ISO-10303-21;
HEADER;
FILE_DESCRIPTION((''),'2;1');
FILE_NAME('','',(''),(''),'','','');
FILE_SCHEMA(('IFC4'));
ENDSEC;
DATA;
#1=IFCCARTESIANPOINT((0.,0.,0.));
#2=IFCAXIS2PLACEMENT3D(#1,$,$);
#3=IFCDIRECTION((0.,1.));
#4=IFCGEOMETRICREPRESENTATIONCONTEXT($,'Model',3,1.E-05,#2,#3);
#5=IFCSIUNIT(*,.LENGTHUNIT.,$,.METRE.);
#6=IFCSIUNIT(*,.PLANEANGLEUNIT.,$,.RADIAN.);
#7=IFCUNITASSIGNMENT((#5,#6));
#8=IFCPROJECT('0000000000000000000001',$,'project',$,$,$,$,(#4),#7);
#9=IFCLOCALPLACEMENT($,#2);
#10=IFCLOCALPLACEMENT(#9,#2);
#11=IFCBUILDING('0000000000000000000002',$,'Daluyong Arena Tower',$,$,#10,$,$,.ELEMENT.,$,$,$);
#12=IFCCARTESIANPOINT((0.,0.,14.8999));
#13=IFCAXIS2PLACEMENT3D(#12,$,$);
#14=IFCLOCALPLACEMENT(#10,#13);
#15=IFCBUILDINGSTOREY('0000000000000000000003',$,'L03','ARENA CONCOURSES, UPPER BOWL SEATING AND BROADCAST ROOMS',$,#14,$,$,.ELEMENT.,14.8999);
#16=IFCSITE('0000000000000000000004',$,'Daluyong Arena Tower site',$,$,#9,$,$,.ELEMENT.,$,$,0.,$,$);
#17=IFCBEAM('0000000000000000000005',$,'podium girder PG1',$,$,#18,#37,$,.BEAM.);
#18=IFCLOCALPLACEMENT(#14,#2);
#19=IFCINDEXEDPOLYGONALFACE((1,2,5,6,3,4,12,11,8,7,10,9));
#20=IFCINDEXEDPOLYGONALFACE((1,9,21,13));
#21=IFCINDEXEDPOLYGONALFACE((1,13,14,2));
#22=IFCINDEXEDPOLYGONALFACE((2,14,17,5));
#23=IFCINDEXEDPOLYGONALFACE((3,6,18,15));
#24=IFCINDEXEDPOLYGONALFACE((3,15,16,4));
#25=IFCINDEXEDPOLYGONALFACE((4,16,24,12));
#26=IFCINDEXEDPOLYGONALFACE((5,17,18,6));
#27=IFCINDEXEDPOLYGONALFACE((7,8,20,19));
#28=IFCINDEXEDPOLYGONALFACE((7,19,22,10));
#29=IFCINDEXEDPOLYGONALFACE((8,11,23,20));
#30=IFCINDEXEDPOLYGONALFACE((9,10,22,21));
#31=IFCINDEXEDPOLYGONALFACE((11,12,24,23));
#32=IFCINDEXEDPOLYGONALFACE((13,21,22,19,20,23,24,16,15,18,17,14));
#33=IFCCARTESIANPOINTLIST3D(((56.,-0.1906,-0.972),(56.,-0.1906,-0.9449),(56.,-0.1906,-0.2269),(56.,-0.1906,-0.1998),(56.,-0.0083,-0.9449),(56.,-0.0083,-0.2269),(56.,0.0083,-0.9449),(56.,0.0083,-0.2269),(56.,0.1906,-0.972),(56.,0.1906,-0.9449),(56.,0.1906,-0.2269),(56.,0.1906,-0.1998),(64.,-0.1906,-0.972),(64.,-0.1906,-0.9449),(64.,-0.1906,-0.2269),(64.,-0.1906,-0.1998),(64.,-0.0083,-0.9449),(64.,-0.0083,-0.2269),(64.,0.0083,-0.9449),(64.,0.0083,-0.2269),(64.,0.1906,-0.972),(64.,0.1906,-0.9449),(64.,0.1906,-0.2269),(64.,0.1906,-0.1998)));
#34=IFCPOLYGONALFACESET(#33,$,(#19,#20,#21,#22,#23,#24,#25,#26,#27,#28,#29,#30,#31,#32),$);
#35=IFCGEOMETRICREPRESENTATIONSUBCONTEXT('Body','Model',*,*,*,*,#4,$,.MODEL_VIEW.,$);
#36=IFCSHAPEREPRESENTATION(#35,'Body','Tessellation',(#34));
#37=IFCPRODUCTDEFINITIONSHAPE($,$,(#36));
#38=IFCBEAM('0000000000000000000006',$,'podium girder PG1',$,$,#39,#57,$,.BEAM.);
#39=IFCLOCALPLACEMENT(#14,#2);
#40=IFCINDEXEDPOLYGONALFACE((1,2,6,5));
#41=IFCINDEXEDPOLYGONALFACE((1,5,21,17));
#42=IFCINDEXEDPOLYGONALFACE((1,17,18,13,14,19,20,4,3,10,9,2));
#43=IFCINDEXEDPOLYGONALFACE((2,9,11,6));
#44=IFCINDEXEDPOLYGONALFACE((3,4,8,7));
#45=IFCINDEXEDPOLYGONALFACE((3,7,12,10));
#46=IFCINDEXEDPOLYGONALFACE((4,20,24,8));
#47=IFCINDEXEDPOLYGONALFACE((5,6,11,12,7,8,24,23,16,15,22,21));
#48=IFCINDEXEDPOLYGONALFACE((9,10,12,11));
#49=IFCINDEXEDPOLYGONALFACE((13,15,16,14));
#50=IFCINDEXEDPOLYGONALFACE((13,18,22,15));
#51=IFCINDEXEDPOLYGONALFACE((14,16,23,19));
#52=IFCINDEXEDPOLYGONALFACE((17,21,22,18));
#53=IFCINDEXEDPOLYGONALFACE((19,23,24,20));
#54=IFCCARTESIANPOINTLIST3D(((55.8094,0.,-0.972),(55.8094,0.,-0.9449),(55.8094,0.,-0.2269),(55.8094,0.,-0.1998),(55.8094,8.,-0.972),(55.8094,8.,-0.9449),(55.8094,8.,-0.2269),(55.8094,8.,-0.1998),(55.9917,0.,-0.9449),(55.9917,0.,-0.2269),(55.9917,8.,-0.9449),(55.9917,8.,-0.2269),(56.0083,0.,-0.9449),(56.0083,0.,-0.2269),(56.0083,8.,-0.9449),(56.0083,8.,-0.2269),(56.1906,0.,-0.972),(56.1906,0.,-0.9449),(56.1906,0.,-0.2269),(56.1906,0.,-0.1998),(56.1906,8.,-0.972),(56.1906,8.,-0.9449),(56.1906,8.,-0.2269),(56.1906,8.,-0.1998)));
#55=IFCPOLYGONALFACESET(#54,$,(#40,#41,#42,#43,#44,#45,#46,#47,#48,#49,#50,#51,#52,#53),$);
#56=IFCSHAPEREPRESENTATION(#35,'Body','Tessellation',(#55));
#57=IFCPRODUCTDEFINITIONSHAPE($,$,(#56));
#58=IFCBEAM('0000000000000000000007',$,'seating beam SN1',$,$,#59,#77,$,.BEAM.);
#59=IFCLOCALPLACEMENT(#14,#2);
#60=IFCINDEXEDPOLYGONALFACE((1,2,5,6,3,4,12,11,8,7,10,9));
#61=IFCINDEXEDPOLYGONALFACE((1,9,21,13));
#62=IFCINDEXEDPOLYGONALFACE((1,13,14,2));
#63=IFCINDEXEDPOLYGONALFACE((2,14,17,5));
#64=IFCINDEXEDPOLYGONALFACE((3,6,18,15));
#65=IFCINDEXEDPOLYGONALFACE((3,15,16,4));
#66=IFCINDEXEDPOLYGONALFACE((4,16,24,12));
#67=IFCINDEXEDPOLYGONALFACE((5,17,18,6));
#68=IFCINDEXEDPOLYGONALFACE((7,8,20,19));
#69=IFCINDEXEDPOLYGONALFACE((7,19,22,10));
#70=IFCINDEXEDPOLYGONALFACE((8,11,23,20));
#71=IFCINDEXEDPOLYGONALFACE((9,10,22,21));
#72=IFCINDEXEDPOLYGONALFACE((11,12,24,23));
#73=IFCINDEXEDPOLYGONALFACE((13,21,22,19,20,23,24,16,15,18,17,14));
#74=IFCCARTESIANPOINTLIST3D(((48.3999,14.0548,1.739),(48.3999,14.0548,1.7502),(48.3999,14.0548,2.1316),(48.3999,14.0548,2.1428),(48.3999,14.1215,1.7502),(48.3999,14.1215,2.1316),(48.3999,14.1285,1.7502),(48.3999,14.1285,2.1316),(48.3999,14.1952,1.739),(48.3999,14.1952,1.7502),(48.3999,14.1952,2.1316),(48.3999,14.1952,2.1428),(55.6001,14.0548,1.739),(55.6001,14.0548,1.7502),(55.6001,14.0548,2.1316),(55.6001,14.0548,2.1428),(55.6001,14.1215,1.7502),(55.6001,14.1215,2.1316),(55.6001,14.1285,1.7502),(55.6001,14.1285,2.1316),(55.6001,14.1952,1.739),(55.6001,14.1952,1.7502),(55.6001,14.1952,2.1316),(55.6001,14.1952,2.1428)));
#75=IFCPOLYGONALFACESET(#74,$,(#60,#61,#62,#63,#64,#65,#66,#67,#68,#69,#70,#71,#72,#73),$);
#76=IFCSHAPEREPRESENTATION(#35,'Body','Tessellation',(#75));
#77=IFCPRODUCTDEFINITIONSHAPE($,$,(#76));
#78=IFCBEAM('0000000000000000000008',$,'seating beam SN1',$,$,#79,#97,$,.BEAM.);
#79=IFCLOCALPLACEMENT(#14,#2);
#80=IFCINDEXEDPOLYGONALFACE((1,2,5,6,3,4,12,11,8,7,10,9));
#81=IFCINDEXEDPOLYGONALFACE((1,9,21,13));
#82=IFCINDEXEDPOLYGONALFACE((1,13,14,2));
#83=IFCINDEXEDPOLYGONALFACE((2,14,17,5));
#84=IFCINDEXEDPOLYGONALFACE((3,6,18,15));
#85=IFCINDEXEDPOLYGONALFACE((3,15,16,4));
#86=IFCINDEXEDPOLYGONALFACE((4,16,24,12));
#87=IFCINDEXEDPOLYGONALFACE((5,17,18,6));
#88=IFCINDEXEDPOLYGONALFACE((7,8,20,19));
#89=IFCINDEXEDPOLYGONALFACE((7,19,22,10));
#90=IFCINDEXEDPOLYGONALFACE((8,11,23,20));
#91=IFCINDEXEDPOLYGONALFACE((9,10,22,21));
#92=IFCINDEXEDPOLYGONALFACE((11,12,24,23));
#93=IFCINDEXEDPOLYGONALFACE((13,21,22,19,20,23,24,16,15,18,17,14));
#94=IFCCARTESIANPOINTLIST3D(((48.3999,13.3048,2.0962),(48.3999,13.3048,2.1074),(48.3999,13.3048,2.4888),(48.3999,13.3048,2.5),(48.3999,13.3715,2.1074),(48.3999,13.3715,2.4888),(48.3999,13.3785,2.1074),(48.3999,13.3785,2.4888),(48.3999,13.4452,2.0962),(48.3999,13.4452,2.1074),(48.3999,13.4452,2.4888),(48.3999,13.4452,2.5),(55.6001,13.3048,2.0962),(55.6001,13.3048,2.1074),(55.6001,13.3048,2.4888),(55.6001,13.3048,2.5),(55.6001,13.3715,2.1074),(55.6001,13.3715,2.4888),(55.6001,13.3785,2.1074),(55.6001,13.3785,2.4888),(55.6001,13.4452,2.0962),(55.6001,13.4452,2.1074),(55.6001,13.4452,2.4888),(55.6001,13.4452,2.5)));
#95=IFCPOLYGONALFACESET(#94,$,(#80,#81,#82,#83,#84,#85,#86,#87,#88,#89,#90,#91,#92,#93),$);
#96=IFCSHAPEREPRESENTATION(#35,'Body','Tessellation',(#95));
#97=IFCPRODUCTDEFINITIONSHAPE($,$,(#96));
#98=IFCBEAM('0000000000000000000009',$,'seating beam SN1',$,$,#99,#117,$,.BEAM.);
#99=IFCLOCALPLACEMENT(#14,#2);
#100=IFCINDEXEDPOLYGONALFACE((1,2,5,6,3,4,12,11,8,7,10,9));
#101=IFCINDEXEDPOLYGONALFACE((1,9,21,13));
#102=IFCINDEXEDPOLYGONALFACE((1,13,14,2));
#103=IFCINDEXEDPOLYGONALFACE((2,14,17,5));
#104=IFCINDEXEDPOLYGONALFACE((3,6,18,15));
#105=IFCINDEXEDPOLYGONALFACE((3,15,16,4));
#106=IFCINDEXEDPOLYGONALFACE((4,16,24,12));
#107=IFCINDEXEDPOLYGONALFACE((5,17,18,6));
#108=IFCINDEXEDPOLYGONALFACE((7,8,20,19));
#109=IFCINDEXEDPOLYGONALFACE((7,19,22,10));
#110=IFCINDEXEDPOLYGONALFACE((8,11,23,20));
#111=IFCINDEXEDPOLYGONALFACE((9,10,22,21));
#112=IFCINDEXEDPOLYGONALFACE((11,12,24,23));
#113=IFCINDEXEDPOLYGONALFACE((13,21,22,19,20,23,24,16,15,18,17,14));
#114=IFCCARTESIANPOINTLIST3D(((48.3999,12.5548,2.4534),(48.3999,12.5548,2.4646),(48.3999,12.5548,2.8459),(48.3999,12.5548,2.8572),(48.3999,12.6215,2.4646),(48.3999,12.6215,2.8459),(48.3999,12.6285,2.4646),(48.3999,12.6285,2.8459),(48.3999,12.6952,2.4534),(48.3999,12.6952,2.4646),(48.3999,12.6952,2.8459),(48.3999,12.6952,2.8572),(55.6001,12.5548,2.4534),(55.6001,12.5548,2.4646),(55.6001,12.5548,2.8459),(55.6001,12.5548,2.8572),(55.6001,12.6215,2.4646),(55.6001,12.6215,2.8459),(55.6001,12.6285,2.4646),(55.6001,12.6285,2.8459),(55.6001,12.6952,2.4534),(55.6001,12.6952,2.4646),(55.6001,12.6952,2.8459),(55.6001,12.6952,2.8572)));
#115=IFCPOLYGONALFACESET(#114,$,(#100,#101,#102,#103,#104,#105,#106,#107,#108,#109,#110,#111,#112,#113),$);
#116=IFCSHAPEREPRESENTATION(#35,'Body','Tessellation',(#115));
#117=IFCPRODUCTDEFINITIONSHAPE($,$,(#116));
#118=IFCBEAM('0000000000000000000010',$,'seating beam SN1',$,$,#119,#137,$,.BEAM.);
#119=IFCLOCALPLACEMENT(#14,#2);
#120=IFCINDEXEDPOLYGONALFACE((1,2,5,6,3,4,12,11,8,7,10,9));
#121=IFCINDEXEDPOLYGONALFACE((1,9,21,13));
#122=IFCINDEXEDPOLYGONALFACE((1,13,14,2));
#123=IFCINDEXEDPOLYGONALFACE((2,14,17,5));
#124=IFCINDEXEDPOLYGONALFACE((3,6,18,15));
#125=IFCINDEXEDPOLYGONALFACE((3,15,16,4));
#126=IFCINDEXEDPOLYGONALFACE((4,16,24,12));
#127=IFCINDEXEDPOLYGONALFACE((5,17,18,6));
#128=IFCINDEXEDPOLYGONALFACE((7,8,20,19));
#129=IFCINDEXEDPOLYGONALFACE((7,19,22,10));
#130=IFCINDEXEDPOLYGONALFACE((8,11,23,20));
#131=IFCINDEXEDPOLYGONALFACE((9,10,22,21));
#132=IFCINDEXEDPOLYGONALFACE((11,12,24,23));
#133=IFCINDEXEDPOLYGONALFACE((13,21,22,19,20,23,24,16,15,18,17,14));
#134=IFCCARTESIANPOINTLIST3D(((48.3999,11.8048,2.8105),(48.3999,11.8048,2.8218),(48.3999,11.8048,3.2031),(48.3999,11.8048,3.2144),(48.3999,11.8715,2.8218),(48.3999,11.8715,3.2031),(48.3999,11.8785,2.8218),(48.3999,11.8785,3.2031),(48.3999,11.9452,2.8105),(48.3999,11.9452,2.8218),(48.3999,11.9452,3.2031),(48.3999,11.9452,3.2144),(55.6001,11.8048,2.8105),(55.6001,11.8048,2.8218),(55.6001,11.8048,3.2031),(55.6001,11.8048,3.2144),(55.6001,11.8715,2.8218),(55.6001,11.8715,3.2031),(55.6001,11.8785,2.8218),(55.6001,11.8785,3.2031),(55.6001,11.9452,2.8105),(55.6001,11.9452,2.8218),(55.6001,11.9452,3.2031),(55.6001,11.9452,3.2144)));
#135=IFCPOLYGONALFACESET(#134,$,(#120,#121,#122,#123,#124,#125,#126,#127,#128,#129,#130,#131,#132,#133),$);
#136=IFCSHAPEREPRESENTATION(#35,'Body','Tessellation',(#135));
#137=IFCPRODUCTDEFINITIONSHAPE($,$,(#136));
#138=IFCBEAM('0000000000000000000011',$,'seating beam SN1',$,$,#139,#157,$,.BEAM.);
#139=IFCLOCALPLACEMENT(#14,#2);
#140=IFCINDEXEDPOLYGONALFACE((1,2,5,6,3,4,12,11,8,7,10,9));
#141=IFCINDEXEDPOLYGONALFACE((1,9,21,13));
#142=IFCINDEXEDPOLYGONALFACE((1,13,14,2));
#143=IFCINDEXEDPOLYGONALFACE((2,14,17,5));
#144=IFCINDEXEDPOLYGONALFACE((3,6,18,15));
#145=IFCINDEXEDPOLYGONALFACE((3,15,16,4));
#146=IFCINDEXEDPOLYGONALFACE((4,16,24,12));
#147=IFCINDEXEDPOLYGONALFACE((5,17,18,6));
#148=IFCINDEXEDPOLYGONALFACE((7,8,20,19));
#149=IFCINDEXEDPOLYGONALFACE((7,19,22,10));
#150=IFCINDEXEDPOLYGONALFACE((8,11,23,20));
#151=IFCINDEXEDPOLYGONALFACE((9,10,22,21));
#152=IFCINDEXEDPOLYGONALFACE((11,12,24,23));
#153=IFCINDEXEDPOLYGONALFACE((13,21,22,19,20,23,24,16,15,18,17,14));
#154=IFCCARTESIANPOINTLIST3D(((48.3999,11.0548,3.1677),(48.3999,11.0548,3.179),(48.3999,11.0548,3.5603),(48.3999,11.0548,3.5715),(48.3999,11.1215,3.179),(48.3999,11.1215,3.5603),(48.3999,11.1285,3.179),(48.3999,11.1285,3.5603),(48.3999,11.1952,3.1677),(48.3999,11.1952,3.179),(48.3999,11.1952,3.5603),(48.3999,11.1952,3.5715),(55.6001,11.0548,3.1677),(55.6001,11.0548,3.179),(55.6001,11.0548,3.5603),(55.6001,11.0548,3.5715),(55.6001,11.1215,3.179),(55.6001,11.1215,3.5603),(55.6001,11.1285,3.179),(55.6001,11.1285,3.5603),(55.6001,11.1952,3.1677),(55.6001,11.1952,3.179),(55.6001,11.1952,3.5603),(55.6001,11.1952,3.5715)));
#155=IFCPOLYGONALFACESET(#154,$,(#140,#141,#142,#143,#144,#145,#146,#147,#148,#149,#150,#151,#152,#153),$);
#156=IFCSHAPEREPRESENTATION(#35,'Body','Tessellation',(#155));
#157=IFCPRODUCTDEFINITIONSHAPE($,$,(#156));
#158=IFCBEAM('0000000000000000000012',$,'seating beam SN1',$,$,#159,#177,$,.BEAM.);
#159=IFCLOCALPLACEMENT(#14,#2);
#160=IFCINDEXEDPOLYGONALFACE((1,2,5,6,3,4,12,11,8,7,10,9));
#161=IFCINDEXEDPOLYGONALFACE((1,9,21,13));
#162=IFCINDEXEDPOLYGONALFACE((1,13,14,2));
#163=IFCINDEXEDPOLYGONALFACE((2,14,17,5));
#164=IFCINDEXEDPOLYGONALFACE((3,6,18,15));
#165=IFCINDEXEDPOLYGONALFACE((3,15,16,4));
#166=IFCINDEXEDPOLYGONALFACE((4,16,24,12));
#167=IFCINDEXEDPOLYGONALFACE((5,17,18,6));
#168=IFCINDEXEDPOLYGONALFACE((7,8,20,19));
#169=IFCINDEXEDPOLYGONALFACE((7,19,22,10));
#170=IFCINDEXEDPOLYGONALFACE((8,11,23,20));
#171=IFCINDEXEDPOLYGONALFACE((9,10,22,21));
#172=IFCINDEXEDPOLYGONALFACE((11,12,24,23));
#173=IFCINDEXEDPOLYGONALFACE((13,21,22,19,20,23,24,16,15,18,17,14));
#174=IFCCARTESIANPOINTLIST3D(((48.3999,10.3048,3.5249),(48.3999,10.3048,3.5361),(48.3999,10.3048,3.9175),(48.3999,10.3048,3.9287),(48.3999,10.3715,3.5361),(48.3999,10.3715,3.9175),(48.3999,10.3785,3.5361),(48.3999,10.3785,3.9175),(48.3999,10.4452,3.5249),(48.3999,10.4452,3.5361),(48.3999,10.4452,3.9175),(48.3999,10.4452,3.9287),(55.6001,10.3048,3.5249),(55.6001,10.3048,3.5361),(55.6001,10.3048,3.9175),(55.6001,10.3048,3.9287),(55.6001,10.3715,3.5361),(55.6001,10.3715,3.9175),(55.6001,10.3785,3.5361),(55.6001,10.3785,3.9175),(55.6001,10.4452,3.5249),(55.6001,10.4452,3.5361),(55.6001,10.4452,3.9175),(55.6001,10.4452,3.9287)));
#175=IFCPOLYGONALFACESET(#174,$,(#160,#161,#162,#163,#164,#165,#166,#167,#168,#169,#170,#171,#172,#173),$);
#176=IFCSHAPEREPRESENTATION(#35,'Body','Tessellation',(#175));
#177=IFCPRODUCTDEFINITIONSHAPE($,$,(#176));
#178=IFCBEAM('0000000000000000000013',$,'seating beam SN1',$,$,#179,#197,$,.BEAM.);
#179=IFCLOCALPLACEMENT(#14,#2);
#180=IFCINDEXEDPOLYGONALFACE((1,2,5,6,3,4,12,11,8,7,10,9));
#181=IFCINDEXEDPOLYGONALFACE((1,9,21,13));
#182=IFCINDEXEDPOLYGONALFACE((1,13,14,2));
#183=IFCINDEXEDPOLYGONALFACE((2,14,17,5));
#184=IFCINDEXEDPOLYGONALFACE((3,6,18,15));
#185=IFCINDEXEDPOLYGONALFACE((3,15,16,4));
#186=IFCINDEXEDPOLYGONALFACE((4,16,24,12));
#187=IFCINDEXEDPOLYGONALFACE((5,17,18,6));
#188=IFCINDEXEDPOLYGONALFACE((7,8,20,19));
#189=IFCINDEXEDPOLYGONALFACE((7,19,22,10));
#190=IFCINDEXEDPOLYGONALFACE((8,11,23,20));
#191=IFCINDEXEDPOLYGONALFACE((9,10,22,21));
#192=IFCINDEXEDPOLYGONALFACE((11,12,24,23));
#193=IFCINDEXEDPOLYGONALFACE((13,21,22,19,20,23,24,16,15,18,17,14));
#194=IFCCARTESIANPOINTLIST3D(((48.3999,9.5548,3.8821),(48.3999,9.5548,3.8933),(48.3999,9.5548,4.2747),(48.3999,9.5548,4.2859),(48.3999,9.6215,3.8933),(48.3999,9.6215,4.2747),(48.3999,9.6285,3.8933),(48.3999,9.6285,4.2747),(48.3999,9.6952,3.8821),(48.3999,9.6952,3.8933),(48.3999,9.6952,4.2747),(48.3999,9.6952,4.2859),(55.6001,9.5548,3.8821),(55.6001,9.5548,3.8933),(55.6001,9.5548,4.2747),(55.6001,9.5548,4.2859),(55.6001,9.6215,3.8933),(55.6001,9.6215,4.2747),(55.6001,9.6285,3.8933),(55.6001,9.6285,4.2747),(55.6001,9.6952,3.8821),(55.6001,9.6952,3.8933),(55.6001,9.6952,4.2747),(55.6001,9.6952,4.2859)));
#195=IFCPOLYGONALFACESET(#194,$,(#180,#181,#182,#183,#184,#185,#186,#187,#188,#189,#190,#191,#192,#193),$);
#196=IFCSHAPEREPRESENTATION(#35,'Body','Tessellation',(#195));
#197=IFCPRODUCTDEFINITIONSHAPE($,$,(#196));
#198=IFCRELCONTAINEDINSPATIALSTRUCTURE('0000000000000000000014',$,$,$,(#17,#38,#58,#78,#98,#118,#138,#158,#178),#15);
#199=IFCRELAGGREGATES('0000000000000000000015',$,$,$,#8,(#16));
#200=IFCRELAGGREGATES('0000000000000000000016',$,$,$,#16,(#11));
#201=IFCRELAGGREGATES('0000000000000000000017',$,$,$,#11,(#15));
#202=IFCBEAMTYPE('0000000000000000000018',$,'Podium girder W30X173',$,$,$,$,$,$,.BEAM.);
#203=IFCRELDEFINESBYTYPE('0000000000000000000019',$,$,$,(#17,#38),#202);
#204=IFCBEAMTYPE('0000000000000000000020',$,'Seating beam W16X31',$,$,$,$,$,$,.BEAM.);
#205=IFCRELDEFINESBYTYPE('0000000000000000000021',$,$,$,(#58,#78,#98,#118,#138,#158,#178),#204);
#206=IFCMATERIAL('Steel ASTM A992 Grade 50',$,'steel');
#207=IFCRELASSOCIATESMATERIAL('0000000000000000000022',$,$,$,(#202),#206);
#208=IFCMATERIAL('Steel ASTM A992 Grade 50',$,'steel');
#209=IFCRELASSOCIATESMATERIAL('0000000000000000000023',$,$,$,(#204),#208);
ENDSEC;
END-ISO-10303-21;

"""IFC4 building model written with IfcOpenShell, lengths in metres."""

from ifc_helpers import new_model, si_unit, direction, frame, origin, origin_2d, place, context, subcontext, project, spatial, i_section, extrude, material, material_profile, profile_set, type_object, element, save


model = new_model("IFC4")

# Units and contexts
model_context = context("Model", 3, precision=1e-05, world=origin(), true_north=direction((0.0, 1.0)))
body_context = subcontext(model_context, "Body", "Model", "MODEL_VIEW")
ifc_project = project(units=[si_unit("LENGTHUNIT", "METRE"), si_unit("PLANEANGLEUNIT", "RADIAN")], contexts=[model_context])

# Site, building, storey
site_placement = place(None, origin())
site = spatial("IfcSite", under=ifc_project, at=site_placement, Name="Daluyong Arena Tower site", CompositionType="ELEMENT", RefElevation=0.0)
building_placement = place(site_placement, origin())
building = spatial("IfcBuilding", under=site, at=building_placement, Name="Daluyong Arena Tower", CompositionType="ELEMENT")
storey_placement = place(building_placement, frame((0.0, 0.0, 14.8999)))
storey = spatial("IfcBuildingStorey", under=building, at=storey_placement, Name="L03", Description="ARENA CONCOURSES, UPPER BOWL SEATING AND BROADCAST ROOMS", CompositionType="ELEMENT", Elevation=14.8999)

# Beams
ifc_material_1 = material(Name="Steel ASTM A992 Grade 50", Category="steel")
ifc_material_profile_1 = material_profile(ifc_material_1, i_section(OverallWidth=0.3811, OverallDepth=0.7722, WebThickness=0.0166, FlangeThickness=0.0271, at=origin_2d()))
ifc_profile_set_1 = profile_set([ifc_material_profile_1], Name="Steel ASTM A992 Grade 50")
beam_type_1 = type_object("IfcBeamType", Name="Podium girder W30X173", PredefinedType="BEAM", material=ifc_profile_set_1)
for number, where, z_axis, x_axis, name in (
    (1, (56.0, 0.0, -0.5859), (1.0, 0.0, 0.0), (0.0, 1.0, 0.0), "podium girder PG1"),
    (2, (56.0, 0.0, -0.5859), (0.0, 1.0, 0.0), (-1.0, 0.0, 0.0), "podium girder PG1"),
):
    element("IfcBeam", number, at=place(storey_placement, frame(where, z_axis=z_axis, x_axis=x_axis)), inside=storey, type_object=beam_type_1, Name=name, PredefinedType="BEAM", context=body_context, shape_type="SweptSolid", body=[
        extrude(i_section(OverallWidth=0.3811, OverallDepth=0.7722, WebThickness=0.0166, FlangeThickness=0.0271, at=origin_2d()), origin(), (0.0, 0.0, 1.0), 8.0),
    ])
ifc_material_2 = material(Name="Steel ASTM A992 Grade 50", Category="steel")
ifc_material_profile_2 = material_profile(ifc_material_2, i_section(OverallWidth=0.1404, OverallDepth=0.4038, WebThickness=0.0071, FlangeThickness=0.0112, at=origin_2d()))
ifc_profile_set_2 = profile_set([ifc_material_profile_2], Name="Steel ASTM A992 Grade 50")
beam_type_2 = type_object("IfcBeamType", Name="Seating beam W16X31", PredefinedType="BEAM", material=ifc_profile_set_2)
for number, where, z_axis, x_axis, name in (
    (3, (48.3999, 14.125, 1.9409), (1.0, 0.0, 0.0), (0.0, 1.0, 0.0), "seating beam SN1"),
    (4, (48.3999, 13.375, 2.2981), (1.0, 0.0, 0.0), (0.0, 1.0, 0.0), "seating beam SN1"),
    (5, (48.3999, 12.625, 2.6553), (1.0, 0.0, 0.0), (0.0, 1.0, 0.0), "seating beam SN1"),
    (6, (48.3999, 11.875, 3.0125), (1.0, 0.0, 0.0), (0.0, 1.0, 0.0), "seating beam SN1"),
    (7, (48.3999, 11.125, 3.3696), (1.0, 0.0, 0.0), (0.0, 1.0, 0.0), "seating beam SN1"),
    (8, (48.3999, 10.375, 3.7268), (1.0, 0.0, 0.0), (0.0, 1.0, 0.0), "seating beam SN1"),
    (9, (48.3999, 9.625, 4.084), (1.0, 0.0, 0.0), (0.0, 1.0, 0.0), "seating beam SN1"),
):
    element("IfcBeam", number, at=place(storey_placement, frame(where, z_axis=z_axis, x_axis=x_axis)), inside=storey, type_object=beam_type_2, Name=name, PredefinedType="BEAM", context=body_context, shape_type="SweptSolid", body=[
        extrude(i_section(OverallWidth=0.1404, OverallDepth=0.4038, WebThickness=0.0071, FlangeThickness=0.0112, at=origin_2d()), origin(), (0.0, 0.0, 1.0), 7.2002),
    ])

save(model, "model.ifc")
